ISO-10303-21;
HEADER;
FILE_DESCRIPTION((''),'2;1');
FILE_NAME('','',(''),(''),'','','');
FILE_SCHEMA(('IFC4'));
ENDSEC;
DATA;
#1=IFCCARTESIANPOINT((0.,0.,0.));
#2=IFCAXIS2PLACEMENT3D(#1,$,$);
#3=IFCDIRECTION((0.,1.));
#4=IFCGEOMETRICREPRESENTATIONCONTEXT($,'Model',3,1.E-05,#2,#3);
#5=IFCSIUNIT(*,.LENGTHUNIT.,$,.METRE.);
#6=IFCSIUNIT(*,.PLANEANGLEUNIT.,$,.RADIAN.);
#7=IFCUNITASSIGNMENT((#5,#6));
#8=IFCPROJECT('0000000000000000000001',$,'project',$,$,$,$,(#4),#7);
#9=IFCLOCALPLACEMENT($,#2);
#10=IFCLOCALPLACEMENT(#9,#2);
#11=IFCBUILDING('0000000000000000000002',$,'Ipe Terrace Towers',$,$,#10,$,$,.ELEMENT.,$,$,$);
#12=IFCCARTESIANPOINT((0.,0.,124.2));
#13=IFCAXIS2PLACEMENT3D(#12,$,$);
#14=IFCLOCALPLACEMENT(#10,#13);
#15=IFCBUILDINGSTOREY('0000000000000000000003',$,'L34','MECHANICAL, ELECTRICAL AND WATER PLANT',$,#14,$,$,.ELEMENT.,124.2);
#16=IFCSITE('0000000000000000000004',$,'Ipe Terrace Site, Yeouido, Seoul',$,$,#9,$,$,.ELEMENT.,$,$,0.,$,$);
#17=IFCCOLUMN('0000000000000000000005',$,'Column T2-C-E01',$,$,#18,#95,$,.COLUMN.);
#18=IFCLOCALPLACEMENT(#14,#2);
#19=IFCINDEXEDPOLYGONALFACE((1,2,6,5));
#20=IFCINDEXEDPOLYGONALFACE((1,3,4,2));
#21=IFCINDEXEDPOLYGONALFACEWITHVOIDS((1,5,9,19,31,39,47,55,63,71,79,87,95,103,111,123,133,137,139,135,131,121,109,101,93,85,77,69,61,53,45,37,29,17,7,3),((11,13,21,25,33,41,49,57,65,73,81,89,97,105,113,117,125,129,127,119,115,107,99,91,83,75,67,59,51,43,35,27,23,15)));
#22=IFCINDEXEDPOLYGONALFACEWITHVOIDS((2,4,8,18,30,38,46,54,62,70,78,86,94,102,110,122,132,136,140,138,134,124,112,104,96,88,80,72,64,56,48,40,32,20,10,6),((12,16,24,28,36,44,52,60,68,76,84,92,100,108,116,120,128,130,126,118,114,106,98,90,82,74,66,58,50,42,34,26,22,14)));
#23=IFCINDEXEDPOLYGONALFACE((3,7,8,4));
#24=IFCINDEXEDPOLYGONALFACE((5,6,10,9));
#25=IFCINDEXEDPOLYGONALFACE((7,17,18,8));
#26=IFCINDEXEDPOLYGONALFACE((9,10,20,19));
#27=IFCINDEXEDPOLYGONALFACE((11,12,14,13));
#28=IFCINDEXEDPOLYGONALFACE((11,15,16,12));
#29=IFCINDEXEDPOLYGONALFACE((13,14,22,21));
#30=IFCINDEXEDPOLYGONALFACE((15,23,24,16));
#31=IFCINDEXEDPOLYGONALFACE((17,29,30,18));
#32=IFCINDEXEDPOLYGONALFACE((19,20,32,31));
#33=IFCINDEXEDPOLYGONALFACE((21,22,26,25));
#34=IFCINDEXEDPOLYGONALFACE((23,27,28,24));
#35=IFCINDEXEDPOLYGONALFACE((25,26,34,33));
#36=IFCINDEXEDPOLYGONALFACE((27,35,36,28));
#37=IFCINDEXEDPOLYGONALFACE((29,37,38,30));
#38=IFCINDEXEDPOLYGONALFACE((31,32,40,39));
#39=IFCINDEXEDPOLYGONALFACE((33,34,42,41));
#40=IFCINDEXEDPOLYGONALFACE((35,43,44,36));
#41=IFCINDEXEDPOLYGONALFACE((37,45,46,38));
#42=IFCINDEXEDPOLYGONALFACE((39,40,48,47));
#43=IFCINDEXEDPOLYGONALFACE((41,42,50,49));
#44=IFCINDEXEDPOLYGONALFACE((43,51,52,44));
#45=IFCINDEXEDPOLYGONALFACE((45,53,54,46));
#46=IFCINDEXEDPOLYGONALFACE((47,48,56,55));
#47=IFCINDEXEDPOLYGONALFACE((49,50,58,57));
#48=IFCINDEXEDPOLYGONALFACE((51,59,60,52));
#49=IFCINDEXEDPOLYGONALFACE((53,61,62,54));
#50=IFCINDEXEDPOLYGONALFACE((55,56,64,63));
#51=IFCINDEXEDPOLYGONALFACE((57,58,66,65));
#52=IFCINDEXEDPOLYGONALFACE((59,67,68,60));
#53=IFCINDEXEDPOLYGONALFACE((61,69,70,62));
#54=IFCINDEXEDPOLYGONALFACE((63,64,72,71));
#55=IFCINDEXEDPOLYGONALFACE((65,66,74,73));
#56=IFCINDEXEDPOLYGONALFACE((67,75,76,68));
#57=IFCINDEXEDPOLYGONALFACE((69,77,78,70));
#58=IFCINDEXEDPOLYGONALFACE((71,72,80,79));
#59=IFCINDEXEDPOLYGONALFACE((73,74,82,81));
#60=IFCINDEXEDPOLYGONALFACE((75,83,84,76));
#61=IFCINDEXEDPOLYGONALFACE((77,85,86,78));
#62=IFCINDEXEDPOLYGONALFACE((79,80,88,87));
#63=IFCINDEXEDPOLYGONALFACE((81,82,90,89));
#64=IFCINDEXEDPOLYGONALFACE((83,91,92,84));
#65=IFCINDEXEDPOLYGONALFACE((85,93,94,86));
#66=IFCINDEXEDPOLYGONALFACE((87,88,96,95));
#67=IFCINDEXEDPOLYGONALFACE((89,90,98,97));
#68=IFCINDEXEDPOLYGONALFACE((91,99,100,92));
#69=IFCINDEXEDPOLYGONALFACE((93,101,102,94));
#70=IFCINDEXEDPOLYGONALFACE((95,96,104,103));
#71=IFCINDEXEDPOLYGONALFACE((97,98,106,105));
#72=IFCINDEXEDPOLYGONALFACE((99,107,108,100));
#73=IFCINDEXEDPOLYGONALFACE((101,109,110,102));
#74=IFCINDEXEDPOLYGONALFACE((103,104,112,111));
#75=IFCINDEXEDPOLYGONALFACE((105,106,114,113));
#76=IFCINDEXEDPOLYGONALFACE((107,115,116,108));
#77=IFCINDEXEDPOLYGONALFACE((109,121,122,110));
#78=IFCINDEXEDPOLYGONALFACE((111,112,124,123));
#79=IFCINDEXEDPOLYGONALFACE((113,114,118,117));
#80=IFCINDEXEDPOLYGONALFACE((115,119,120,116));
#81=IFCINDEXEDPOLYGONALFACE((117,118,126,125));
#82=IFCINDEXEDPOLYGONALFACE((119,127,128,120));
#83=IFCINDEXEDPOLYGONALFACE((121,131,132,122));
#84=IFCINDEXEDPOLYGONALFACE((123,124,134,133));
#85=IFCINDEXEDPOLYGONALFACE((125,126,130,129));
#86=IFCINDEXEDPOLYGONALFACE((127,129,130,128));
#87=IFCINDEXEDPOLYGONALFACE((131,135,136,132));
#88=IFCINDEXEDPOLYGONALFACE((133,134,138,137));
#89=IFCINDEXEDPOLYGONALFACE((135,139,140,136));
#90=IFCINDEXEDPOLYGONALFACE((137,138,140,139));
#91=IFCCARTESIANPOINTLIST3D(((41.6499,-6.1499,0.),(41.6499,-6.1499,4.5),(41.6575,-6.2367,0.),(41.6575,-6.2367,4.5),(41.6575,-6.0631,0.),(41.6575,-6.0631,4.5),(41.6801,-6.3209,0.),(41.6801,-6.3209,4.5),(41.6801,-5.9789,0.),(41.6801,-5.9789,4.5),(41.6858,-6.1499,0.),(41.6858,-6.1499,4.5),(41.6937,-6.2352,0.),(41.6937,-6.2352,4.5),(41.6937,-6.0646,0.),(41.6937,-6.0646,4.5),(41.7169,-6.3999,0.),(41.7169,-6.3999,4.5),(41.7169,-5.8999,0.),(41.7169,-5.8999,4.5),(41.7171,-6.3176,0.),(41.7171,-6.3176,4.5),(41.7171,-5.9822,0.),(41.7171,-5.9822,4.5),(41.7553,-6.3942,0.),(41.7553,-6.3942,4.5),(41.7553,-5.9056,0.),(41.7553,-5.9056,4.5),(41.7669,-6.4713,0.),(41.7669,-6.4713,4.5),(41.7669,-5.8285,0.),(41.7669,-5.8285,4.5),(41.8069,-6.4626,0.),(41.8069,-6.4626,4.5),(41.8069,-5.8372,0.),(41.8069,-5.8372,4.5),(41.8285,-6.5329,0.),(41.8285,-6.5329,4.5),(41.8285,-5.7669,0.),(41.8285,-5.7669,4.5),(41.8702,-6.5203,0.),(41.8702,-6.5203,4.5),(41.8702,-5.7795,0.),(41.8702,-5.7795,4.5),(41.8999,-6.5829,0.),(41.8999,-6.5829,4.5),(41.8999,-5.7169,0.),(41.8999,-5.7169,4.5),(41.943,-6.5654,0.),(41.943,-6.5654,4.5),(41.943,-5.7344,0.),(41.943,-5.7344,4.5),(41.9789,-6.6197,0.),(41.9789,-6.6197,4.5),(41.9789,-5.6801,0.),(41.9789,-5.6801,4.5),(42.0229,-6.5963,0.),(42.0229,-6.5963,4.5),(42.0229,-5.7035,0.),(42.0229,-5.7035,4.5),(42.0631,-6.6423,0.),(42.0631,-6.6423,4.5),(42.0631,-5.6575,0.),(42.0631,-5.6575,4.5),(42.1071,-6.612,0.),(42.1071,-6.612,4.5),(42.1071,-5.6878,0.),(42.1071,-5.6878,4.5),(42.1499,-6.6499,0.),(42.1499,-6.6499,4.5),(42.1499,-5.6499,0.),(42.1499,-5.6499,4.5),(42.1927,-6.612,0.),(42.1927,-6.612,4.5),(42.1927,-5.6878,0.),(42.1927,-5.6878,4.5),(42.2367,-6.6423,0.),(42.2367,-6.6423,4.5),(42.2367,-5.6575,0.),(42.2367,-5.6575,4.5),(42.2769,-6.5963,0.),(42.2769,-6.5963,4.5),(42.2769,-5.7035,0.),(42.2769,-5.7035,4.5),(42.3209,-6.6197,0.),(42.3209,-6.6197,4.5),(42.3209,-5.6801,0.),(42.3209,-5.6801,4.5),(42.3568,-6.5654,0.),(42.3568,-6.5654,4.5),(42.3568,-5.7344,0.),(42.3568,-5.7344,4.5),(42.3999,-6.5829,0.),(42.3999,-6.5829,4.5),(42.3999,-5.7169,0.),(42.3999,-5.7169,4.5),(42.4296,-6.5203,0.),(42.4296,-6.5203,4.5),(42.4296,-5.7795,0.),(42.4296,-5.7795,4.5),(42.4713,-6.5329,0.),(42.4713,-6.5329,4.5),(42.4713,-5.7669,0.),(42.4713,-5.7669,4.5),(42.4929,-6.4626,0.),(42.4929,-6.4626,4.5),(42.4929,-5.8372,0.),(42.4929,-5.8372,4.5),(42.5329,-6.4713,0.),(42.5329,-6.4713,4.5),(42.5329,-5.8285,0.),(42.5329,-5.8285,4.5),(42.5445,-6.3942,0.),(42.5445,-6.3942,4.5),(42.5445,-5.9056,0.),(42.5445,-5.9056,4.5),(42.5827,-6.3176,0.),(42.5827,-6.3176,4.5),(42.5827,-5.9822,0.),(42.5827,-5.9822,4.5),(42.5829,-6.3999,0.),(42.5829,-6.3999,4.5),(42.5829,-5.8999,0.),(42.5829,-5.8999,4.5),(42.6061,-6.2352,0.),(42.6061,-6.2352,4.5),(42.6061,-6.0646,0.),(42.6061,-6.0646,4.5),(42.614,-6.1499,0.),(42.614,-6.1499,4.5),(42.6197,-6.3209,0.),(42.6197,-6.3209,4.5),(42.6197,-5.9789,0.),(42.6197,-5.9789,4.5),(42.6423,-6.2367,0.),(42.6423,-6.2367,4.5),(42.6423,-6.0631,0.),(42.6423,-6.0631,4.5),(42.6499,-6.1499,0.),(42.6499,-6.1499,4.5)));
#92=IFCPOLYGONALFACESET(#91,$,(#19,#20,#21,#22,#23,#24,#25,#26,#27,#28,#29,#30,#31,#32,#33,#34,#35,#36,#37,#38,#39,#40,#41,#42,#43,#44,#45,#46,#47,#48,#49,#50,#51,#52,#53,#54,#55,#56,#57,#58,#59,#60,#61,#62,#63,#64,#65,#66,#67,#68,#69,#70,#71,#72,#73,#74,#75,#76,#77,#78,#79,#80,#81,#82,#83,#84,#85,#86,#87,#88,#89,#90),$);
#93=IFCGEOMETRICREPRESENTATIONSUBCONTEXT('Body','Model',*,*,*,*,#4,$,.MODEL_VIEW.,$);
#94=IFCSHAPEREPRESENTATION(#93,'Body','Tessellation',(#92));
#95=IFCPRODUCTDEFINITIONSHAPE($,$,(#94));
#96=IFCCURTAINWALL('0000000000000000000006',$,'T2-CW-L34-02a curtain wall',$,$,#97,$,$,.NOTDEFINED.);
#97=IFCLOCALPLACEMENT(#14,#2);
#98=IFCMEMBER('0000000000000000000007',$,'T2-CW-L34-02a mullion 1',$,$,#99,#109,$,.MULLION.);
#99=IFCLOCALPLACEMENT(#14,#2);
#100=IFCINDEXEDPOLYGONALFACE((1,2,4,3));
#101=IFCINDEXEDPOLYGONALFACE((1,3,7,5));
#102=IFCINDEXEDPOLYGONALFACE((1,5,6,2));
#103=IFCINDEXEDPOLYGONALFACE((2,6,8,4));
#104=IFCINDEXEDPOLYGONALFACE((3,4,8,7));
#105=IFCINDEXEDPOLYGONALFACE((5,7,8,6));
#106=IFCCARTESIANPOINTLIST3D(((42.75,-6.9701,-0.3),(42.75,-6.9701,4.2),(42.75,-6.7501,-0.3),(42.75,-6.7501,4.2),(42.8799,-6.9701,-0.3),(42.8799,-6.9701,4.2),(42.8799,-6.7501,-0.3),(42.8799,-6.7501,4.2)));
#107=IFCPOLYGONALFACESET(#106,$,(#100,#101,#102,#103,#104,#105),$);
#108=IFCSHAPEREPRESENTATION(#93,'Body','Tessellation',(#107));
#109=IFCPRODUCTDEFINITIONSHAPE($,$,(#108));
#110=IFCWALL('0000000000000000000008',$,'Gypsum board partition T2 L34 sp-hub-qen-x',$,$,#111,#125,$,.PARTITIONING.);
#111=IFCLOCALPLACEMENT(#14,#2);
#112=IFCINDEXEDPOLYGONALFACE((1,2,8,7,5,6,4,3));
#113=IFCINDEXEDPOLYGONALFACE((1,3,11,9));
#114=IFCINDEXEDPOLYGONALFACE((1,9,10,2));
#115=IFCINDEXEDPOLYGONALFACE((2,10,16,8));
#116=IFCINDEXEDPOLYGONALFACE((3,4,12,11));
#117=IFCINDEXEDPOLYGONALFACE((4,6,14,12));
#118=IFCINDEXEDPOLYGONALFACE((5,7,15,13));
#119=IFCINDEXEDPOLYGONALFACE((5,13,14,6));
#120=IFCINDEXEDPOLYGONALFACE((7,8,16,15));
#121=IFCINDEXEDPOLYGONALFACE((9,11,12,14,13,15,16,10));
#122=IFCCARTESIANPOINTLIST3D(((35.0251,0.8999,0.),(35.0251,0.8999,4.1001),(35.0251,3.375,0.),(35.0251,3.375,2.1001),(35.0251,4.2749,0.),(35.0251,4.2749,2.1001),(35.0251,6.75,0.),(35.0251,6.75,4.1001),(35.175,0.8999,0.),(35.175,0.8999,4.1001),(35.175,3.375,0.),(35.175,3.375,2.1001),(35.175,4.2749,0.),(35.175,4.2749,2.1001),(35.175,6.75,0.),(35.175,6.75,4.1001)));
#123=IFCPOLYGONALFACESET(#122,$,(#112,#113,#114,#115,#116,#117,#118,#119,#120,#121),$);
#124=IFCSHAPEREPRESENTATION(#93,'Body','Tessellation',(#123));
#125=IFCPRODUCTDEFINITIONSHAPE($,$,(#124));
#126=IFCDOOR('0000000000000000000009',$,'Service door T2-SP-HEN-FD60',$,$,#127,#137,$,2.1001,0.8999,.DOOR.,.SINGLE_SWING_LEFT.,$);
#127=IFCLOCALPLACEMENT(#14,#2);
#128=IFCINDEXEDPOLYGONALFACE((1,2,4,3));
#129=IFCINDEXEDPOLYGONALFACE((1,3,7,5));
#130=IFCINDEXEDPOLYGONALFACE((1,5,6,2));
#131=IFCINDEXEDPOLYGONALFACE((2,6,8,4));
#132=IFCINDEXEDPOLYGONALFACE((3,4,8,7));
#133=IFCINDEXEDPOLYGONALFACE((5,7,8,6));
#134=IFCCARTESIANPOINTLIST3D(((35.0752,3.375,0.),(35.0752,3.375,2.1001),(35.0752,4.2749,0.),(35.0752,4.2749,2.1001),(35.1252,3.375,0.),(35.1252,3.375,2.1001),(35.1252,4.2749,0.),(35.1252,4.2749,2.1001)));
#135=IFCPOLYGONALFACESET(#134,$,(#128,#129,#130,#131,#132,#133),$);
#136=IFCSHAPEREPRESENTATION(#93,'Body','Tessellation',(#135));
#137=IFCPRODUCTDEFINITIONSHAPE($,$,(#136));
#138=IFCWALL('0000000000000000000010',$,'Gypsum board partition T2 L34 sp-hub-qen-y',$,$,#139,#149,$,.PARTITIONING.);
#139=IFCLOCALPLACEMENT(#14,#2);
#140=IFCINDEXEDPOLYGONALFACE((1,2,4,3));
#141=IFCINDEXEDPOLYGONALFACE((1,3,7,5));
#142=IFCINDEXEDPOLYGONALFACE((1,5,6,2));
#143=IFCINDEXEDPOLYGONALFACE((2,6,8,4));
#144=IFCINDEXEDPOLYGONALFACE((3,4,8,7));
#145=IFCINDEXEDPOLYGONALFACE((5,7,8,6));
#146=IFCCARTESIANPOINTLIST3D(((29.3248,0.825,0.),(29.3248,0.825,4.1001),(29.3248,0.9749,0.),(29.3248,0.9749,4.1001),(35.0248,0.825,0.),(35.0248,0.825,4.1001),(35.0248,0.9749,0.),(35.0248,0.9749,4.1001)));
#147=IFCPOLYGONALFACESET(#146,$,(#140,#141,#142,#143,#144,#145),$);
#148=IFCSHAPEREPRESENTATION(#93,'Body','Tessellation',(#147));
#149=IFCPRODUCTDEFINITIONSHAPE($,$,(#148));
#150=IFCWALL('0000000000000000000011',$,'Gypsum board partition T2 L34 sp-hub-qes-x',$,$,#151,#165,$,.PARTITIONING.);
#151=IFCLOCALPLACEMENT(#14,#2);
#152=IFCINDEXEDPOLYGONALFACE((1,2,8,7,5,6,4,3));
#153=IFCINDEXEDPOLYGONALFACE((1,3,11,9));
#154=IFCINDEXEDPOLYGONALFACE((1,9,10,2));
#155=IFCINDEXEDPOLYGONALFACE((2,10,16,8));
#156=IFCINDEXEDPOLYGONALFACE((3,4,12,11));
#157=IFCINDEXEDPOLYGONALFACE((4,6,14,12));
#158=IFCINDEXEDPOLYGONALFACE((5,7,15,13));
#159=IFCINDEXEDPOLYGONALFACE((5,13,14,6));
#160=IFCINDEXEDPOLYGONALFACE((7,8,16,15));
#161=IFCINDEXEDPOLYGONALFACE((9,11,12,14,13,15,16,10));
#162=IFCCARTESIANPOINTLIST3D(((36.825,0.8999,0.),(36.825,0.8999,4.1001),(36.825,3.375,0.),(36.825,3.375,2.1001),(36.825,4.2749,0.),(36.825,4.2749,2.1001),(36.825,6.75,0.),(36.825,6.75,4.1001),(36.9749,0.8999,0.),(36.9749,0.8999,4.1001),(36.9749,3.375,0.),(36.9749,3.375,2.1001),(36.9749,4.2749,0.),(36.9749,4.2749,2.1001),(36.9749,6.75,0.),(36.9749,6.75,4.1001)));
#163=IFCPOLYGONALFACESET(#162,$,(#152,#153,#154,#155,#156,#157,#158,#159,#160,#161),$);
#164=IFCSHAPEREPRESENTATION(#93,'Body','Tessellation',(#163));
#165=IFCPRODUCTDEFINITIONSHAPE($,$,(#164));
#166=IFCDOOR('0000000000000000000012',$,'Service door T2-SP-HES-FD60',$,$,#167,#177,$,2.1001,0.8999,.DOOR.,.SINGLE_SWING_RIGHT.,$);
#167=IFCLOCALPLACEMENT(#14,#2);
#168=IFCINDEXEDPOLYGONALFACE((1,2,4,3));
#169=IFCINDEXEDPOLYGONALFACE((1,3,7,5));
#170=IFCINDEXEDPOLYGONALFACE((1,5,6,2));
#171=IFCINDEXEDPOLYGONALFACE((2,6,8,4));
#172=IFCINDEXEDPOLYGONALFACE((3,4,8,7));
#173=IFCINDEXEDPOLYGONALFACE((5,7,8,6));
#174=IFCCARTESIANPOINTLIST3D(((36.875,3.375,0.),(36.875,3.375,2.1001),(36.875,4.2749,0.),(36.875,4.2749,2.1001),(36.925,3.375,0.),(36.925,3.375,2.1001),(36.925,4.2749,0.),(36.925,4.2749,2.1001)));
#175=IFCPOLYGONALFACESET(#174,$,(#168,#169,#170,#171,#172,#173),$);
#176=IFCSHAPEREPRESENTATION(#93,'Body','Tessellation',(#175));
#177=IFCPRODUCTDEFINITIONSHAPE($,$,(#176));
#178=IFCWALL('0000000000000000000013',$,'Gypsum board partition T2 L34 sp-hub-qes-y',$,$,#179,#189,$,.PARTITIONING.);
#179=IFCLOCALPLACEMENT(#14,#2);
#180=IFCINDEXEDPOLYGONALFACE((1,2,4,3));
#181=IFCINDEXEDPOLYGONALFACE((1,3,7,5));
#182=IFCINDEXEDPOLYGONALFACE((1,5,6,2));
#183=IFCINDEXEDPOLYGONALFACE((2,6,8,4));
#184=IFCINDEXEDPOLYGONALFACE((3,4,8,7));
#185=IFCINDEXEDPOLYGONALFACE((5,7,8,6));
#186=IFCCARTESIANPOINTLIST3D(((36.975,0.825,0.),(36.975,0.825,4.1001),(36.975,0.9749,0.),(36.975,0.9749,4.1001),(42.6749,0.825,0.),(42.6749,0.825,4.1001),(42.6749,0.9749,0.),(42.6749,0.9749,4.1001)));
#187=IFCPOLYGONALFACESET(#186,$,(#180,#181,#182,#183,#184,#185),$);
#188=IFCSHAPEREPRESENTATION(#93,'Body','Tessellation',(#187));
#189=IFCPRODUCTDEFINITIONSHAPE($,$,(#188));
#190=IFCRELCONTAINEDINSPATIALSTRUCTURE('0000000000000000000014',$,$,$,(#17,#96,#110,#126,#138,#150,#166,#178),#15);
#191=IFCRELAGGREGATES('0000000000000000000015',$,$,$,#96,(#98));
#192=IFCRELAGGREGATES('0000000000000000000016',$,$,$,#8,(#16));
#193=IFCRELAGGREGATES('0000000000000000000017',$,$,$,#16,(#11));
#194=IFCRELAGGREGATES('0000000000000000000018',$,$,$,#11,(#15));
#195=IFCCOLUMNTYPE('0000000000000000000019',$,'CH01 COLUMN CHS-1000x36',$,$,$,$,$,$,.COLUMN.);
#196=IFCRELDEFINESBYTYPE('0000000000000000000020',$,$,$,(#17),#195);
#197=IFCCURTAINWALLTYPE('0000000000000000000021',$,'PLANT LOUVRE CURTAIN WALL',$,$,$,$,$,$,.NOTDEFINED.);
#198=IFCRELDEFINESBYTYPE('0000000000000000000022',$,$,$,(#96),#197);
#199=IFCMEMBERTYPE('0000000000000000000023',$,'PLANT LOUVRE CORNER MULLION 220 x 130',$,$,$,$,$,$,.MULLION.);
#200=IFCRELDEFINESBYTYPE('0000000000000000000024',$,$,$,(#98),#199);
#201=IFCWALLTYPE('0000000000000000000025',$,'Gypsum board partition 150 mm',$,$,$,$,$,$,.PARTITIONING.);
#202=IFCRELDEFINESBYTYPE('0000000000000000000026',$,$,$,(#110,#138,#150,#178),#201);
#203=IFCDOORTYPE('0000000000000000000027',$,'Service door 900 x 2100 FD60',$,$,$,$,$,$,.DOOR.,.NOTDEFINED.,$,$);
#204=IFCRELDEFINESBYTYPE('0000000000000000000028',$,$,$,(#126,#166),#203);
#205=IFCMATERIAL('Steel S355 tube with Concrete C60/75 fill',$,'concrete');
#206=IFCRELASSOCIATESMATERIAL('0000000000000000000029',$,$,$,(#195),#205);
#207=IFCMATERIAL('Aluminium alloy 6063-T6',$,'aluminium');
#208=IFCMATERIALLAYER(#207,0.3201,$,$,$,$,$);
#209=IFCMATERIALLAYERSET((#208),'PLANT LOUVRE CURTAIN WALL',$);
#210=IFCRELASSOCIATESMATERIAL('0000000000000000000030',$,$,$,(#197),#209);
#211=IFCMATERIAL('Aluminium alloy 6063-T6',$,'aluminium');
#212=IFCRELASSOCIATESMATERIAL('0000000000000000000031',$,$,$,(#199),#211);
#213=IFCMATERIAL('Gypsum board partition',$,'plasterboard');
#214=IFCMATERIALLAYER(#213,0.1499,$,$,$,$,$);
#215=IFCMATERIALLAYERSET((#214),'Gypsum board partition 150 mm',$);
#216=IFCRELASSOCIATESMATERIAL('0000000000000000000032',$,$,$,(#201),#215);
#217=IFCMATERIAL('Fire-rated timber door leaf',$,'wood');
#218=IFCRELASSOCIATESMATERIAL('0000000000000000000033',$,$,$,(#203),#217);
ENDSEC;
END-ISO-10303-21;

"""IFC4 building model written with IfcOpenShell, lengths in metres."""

from ifc_helpers import new_model, si_unit, direction, frame, frame_2d, origin, origin_2d, place, context, subcontext, project, spatial, rectangle, hollow_circle, extrude, material, layer, layer_set, material_profile, profile_set, type_object, element, fill, aggregate, save


model = new_model("IFC4")

# Units and contexts
model_context = context("Model", 3, precision=1e-05, world=origin(), true_north=direction((0.0, 1.0)))
body_context = subcontext(model_context, "Body", "Model", "MODEL_VIEW")
ifc_project = project(units=[si_unit("LENGTHUNIT", "METRE"), si_unit("PLANEANGLEUNIT", "RADIAN")], contexts=[model_context])

# Site, building, storey
site_placement = place(None, origin())
site = spatial("IfcSite", under=ifc_project, at=site_placement, Name="Ipe Terrace Site, Yeouido, Seoul", CompositionType="ELEMENT", RefElevation=0.0)
building_placement = place(site_placement, origin())
building = spatial("IfcBuilding", under=site, at=building_placement, Name="Ipe Terrace Towers", CompositionType="ELEMENT")
storey_placement = place(building_placement, frame((0.0, 0.0, 124.2)))
storey = spatial("IfcBuildingStorey", under=building, at=storey_placement, Name="L34", Description="MECHANICAL, ELECTRICAL AND WATER PLANT", CompositionType="ELEMENT", Elevation=124.2)

# Column
ifc_material_1 = material(Name="Steel S355 tube with Concrete C60/75 fill", Category="concrete")
ifc_material_profile_1 = material_profile(ifc_material_1, hollow_circle(Radius=0.5, WallThickness=0.0359, at=origin_2d()), Name="CHS-1000x36")
ifc_profile_set_1 = profile_set([ifc_material_profile_1], Name="Steel S355 tube with Concrete C60/75 fill")
column_type = type_object("IfcColumnType", Name="CH01 COLUMN CHS-1000x36", PredefinedType="COLUMN", material=ifc_profile_set_1)
column_placement = place(storey_placement, frame((42.1499, -6.1499, 0.0), z_axis=(0.0, 0.0, 1.0), x_axis=(1.0, 0.0, 0.0)))
element("IfcColumn", 1, at=column_placement, inside=storey, type_object=column_type, Name="Column T2-C-E01", PredefinedType="COLUMN", context=body_context, shape_type="SweptSolid", body=[
    extrude(hollow_circle(Radius=0.5, WallThickness=0.0359, at=origin_2d()), origin(), (0.0, 0.0, 1.0), 4.5),
])

# Curtain wall, member
ifc_material_2 = material(Name="Aluminium alloy 6063-T6", Category="aluminium")
ifc_layer_1 = layer(ifc_material_2, 0.3201)
ifc_layer_set_1 = layer_set([ifc_layer_1], Name="PLANT LOUVRE CURTAIN WALL")
curtain_wall_type = type_object("IfcCurtainWallType", Name="PLANT LOUVRE CURTAIN WALL", PredefinedType="NOTDEFINED", material=ifc_layer_set_1)
curtain_wall_placement = place(storey_placement, origin())
curtain_wall = element("IfcCurtainWall", 2, at=curtain_wall_placement, inside=storey, type_object=curtain_wall_type, Name="T2-CW-L34-02a curtain wall", PredefinedType="NOTDEFINED")
ifc_material_3 = material(Name="Aluminium alloy 6063-T6", Category="aluminium")
ifc_material_profile_2 = material_profile(ifc_material_3, rectangle(XDim=0.22, YDim=0.1299, at=origin_2d()), Name="PLANT LOUVRE CORNER MULLION 220 x 130")
ifc_profile_set_2 = profile_set([ifc_material_profile_2], Name="Aluminium alloy 6063-T6")
member_type = type_object("IfcMemberType", Name="PLANT LOUVRE CORNER MULLION 220 x 130", PredefinedType="MULLION", material=ifc_profile_set_2)
member_placement = place(storey_placement, frame((42.8149, -6.8601, -0.3), z_axis=(0.0, 0.0, 1.0), x_axis=(0.0, -1.0, 0.0)))
member = element("IfcMember", 3, at=member_placement, type_object=member_type, Name="T2-CW-L34-02a mullion 1", PredefinedType="MULLION", context=body_context, shape_type="SweptSolid", body=[
    extrude(rectangle(XDim=0.22, YDim=0.1299, at=origin_2d()), origin(), (0.0, 0.0, 1.0), 4.5),
])
aggregate(curtain_wall, [member])

# Wall, opening, door
ifc_material_4 = material(Name="Gypsum board partition", Category="plasterboard")
ifc_layer_2 = layer(ifc_material_4, 0.1499)
ifc_layer_set_2 = layer_set([ifc_layer_2], Name="Gypsum board partition 150 mm")
wall_type_1 = type_object("IfcWallType", Name="Gypsum board partition 150 mm", PredefinedType="PARTITIONING", material=ifc_layer_set_2)
wall_1_placement = place(storey_placement, frame((35.1001, 0.8999, 0.0), z_axis=(0.0, 0.0, 1.0), x_axis=(0.0, 1.0, 0.0)))
wall_1 = element("IfcWall", 4, at=wall_1_placement, inside=storey, type_object=wall_type_1, Name="Gypsum board partition T2 L34 sp-hub-qen-x", PredefinedType="PARTITIONING", context=body_context, shape_type="SweptSolid", body=[
    extrude(rectangle(XDim=5.8501, YDim=0.1499, at=frame_2d((2.925, 0.0))), origin(), (0.0, 0.0, 1.0), 4.1001),
])
opening_1_placement = place(wall_1_placement, frame((2.4751, 0.0, 0.0)))
opening_1 = element("IfcOpeningElement", 5, at=opening_1_placement, cuts=wall_1, PredefinedType="OPENING", context=body_context, shape_type="SweptSolid", body=[
    extrude(rectangle(XDim=0.8999, YDim=2.1001, at=frame_2d((0.45, 1.05))), frame((0.0, 0.085, 0.0), z_axis=(0.0, -1.0, 0.0), x_axis=(1.0, 0.0, 0.0)), (0.0, 0.0, 1.0), 0.1699),
])
ifc_material_5 = material(Name="Fire-rated timber door leaf", Category="wood")
door_type_1 = type_object("IfcDoorType", Name="Service door 900 x 2100 FD60", OperationType="NOTDEFINED", PredefinedType="DOOR", material=ifc_material_5)
door_1_placement = place(opening_1_placement, origin())
door_1 = element("IfcDoor", 6, at=door_1_placement, inside=storey, type_object=door_type_1, Name="Service door T2-SP-HEN-FD60", OperationType="SINGLE_SWING_LEFT", OverallHeight=2.1001, OverallWidth=0.8999, PredefinedType="DOOR", context=body_context, shape_type="SweptSolid", body=[
    extrude(rectangle(XDim=0.8999, YDim=2.1001, at=frame_2d((0.45, 1.05))), frame((0.0, 0.0249, 0.0), z_axis=(0.0, -1.0, 0.0), x_axis=(1.0, 0.0, 0.0)), (0.0, 0.0, 1.0), 0.05),
])
fill(opening_1, door_1)

# Wall
wall_2_placement = place(storey_placement, frame((35.0249, 0.8999, 0.0), z_axis=(0.0, 0.0, 1.0), x_axis=(-1.0, 0.0, 0.0)))
element("IfcWall", 7, at=wall_2_placement, inside=storey, type_object=wall_type_1, Name="Gypsum board partition T2 L34 sp-hub-qen-y", PredefinedType="PARTITIONING", context=body_context, shape_type="SweptSolid", body=[
    extrude(rectangle(XDim=5.7, YDim=0.1499, at=frame_2d((2.8501, 0.0))), origin(), (0.0, 0.0, 1.0), 4.1001),
])

# Wall, opening, door
wall_3_placement = place(storey_placement, frame((36.8999, 0.8999, 0.0), z_axis=(0.0, 0.0, 1.0), x_axis=(0.0, 1.0, 0.0)))
wall_3 = element("IfcWall", 8, at=wall_3_placement, inside=storey, type_object=wall_type_1, Name="Gypsum board partition T2 L34 sp-hub-qes-x", PredefinedType="PARTITIONING", context=body_context, shape_type="SweptSolid", body=[
    extrude(rectangle(XDim=5.8501, YDim=0.1499, at=frame_2d((2.925, 0.0))), origin(), (0.0, 0.0, 1.0), 4.1001),
])
opening_2_placement = place(wall_3_placement, frame((2.4751, 0.0, 0.0)))
opening_2 = element("IfcOpeningElement", 9, at=opening_2_placement, cuts=wall_3, PredefinedType="OPENING", context=body_context, shape_type="SweptSolid", body=[
    extrude(rectangle(XDim=0.8999, YDim=2.1001, at=frame_2d((0.45, 1.05))), frame((0.0, 0.085, 0.0), z_axis=(0.0, -1.0, 0.0), x_axis=(1.0, 0.0, 0.0)), (0.0, 0.0, 1.0), 0.1699),
])
door_2_placement = place(opening_2_placement, origin())
door_2 = element("IfcDoor", 10, at=door_2_placement, inside=storey, type_object=door_type_1, Name="Service door T2-SP-HES-FD60", OperationType="SINGLE_SWING_RIGHT", OverallHeight=2.1001, OverallWidth=0.8999, PredefinedType="DOOR", context=body_context, shape_type="SweptSolid", body=[
    extrude(rectangle(XDim=0.8999, YDim=2.1001, at=frame_2d((0.45, 1.05))), frame((0.0, 0.0249, 0.0), z_axis=(0.0, -1.0, 0.0), x_axis=(1.0, 0.0, 0.0)), (0.0, 0.0, 1.0), 0.05),
])
fill(opening_2, door_2)

# Wall
wall_4_placement = place(storey_placement, frame((42.675, 0.8999, 0.0), z_axis=(0.0, 0.0, 1.0), x_axis=(-1.0, 0.0, 0.0)))
element("IfcWall", 11, at=wall_4_placement, inside=storey, type_object=wall_type_1, Name="Gypsum board partition T2 L34 sp-hub-qes-y", PredefinedType="PARTITIONING", context=body_context, shape_type="SweptSolid", body=[
    extrude(rectangle(XDim=5.7, YDim=0.1499, at=frame_2d((2.8501, 0.0))), origin(), (0.0, 0.0, 1.0), 4.1001),
])

save(model, "model.ifc")
